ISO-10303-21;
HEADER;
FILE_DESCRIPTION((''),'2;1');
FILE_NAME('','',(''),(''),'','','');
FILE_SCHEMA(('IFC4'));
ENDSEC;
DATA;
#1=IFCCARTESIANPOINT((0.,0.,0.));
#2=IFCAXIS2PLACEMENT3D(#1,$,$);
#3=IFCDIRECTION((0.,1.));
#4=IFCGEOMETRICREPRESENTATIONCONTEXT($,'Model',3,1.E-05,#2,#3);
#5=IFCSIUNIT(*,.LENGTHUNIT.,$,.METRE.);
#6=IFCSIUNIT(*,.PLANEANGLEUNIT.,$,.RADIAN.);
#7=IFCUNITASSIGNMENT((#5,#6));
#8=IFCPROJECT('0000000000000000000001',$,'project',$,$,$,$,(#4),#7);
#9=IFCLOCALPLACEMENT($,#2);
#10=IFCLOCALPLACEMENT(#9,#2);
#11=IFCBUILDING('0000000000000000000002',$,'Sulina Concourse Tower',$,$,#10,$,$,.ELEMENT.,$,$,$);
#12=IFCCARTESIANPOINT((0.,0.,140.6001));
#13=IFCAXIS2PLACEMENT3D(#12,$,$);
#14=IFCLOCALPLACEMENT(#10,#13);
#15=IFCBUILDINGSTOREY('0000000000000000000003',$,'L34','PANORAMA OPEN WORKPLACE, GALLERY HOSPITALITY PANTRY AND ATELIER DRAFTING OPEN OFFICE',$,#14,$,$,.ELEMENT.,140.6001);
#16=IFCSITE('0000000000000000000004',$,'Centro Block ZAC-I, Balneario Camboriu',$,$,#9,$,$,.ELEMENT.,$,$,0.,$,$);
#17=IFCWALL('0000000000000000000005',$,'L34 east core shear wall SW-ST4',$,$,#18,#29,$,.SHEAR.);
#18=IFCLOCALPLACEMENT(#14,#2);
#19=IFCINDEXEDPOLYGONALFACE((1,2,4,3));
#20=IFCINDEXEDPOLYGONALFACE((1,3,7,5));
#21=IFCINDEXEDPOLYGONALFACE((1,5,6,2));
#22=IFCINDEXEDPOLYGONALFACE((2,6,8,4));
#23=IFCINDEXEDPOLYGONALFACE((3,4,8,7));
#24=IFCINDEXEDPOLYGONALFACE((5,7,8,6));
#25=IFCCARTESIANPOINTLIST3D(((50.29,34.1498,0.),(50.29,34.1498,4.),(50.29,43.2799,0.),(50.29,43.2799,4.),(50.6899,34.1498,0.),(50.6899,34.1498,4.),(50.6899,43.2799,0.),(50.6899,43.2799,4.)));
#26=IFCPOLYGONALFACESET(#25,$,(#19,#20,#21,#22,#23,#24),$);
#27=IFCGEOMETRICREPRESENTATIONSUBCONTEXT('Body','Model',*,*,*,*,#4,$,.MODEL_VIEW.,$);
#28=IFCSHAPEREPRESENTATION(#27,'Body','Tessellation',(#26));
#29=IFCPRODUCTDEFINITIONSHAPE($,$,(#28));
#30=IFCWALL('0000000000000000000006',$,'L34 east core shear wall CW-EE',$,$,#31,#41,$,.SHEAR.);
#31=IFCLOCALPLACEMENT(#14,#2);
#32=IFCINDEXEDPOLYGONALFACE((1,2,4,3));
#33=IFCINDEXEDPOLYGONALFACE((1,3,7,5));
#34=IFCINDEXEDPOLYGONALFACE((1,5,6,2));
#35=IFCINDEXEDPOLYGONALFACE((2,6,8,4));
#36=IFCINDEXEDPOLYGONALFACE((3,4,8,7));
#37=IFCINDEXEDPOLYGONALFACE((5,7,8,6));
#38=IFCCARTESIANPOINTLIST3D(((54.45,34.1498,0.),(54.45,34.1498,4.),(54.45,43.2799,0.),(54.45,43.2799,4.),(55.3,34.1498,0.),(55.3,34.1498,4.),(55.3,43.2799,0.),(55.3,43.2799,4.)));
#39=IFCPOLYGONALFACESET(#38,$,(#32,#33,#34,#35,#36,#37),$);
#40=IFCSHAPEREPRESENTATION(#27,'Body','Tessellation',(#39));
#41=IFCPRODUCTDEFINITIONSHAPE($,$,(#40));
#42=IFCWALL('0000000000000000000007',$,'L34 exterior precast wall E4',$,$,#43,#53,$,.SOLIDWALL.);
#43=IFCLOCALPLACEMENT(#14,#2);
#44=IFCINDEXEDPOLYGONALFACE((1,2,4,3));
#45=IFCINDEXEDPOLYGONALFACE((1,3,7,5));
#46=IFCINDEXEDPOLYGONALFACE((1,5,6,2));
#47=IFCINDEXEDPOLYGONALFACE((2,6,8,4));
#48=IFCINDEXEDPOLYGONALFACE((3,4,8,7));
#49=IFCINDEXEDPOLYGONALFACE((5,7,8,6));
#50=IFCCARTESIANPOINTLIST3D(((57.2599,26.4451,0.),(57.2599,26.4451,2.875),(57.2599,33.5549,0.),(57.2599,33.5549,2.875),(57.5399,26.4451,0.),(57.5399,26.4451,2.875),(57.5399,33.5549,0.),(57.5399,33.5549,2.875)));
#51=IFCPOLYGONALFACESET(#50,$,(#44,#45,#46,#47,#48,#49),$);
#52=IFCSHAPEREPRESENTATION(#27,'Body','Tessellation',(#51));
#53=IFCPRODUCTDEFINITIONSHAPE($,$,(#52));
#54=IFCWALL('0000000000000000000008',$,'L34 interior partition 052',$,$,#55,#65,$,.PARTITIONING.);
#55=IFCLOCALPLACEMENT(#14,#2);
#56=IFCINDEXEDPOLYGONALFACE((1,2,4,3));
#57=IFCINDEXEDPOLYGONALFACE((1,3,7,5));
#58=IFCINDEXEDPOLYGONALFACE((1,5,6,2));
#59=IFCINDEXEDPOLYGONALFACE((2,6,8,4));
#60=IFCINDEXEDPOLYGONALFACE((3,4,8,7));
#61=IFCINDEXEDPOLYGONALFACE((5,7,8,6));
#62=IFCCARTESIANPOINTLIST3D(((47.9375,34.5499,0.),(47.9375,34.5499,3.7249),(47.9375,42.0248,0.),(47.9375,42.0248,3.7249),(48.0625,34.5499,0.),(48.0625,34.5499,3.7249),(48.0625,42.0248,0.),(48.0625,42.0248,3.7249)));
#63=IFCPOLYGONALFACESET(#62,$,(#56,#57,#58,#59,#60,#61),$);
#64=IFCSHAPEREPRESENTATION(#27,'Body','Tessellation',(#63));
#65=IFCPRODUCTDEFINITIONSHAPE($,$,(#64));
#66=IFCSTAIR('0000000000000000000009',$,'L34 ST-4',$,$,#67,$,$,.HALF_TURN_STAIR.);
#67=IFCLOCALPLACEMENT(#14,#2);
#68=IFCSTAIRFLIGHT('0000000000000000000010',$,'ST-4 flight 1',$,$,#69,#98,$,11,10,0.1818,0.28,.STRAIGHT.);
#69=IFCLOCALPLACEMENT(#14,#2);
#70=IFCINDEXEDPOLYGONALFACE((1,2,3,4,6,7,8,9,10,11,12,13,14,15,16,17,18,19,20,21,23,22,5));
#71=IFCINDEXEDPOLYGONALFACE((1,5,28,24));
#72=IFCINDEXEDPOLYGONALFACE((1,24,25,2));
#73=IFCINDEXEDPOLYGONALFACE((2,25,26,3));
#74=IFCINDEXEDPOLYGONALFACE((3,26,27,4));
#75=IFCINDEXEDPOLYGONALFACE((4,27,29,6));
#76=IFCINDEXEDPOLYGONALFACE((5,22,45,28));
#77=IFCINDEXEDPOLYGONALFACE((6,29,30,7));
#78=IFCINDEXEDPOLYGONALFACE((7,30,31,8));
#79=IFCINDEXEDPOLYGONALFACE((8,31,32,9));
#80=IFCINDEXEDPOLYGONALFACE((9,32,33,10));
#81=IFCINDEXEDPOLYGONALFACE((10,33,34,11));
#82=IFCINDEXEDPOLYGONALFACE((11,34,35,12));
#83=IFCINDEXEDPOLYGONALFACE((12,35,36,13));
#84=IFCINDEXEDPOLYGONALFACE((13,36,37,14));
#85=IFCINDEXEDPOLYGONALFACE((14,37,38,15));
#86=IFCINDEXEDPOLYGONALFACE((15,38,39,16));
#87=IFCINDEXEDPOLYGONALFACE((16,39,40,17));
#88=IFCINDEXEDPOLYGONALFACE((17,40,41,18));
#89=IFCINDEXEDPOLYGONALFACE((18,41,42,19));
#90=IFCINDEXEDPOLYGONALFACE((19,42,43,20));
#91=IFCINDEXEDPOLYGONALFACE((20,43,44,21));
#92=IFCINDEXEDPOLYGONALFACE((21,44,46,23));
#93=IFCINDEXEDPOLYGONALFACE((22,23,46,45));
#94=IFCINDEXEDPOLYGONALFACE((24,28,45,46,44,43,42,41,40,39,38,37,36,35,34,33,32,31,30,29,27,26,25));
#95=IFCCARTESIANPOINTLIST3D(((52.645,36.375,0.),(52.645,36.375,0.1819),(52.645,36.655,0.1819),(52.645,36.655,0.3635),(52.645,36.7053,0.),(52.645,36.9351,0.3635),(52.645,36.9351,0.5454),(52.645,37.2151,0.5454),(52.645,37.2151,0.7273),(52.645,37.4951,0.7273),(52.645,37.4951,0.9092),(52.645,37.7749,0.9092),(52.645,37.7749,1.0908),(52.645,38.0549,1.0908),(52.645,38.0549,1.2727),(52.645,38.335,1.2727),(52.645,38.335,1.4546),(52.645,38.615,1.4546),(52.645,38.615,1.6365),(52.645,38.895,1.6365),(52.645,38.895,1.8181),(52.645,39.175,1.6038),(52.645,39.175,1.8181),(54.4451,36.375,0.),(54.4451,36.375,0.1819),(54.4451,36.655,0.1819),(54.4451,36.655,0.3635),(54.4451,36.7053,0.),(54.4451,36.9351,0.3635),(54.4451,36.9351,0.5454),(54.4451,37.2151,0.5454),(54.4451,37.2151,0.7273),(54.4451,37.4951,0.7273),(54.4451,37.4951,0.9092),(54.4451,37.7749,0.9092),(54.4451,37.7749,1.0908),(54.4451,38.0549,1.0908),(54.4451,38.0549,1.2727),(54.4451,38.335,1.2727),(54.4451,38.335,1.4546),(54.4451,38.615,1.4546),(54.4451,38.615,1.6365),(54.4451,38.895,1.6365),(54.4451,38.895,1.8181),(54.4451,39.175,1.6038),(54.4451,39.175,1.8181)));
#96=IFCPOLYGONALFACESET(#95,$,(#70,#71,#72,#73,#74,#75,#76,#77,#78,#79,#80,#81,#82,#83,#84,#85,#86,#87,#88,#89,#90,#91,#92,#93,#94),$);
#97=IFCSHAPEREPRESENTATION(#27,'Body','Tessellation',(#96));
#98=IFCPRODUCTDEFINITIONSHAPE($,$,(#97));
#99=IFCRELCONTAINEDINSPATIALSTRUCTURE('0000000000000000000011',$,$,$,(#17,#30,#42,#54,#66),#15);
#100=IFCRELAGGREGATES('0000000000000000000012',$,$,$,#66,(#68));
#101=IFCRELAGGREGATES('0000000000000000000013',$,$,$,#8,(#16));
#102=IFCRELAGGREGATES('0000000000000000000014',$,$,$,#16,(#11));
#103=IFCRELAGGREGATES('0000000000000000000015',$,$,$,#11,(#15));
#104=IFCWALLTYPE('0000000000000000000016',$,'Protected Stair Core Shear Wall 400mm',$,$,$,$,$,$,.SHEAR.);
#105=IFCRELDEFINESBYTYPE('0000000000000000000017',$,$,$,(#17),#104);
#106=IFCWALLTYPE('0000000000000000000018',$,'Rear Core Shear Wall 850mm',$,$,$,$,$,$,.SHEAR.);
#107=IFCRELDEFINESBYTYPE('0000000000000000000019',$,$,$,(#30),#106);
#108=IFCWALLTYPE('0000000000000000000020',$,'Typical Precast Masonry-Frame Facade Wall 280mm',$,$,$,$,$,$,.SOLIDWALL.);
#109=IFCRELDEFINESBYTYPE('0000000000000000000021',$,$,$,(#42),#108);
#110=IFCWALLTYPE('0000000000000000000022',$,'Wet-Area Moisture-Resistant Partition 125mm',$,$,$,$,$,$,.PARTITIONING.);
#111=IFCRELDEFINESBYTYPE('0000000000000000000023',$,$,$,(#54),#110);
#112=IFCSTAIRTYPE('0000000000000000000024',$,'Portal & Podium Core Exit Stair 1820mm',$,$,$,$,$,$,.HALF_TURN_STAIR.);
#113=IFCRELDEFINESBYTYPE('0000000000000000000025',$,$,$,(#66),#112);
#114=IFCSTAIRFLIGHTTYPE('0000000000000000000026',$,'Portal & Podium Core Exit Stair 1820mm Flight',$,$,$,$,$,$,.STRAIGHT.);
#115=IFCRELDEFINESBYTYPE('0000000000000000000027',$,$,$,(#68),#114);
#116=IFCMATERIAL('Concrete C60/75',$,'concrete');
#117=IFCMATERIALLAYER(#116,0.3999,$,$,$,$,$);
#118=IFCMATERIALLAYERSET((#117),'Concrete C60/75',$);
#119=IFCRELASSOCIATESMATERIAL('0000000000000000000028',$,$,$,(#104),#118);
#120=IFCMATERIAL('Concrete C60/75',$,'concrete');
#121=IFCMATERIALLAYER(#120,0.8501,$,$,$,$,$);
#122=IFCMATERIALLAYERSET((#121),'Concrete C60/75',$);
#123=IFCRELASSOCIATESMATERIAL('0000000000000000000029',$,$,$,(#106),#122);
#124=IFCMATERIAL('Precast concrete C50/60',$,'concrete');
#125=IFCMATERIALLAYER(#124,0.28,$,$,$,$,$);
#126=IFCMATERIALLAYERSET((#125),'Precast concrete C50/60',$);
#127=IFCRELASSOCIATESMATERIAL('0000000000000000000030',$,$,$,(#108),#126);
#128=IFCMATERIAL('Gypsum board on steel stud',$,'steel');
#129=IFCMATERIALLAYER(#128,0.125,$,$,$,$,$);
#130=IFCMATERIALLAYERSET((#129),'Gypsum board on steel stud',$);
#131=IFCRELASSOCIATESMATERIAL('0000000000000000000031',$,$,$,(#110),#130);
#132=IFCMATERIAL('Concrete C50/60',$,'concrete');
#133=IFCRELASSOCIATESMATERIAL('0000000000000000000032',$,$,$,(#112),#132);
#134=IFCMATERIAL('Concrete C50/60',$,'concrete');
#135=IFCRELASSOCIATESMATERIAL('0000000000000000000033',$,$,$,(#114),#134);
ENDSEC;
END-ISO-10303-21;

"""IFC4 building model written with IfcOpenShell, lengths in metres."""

from ifc_helpers import new_model, si_unit, direction, frame, frame_2d, origin, place, context, subcontext, project, spatial, polyline, rectangle, outline, extrude, material, layer, layer_set, type_object, element, aggregate, save


model = new_model("IFC4")

# Units and contexts
model_context = context("Model", 3, precision=1e-05, world=origin(), true_north=direction((0.0, 1.0)))
body_context = subcontext(model_context, "Body", "Model", "MODEL_VIEW")
ifc_project = project(units=[si_unit("LENGTHUNIT", "METRE"), si_unit("PLANEANGLEUNIT", "RADIAN")], contexts=[model_context])

# Site, building, storey
site_placement = place(None, origin())
site = spatial("IfcSite", under=ifc_project, at=site_placement, Name="Centro Block ZAC-I, Balneario Camboriu", CompositionType="ELEMENT", RefElevation=0.0)
building_placement = place(site_placement, origin())
building = spatial("IfcBuilding", under=site, at=building_placement, Name="Sulina Concourse Tower", CompositionType="ELEMENT")
storey_placement = place(building_placement, frame((0.0, 0.0, 140.6001)))
storey = spatial("IfcBuildingStorey", under=building, at=storey_placement, Name="L34", Description="PANORAMA OPEN WORKPLACE, GALLERY HOSPITALITY PANTRY AND ATELIER DRAFTING OPEN OFFICE", CompositionType="ELEMENT", Elevation=140.6001)

# Shared definitions
ifc_material_1 = material(Name="Concrete C60/75", Category="concrete")
ifc_layer_1 = layer(ifc_material_1, 0.3999)
ifc_layer_set_1 = layer_set([ifc_layer_1], Name="Concrete C60/75")
wall_type_1 = type_object("IfcWallType", Name="Protected Stair Core Shear Wall 400mm", PredefinedType="SHEAR", material=ifc_layer_set_1)

# Walls
wall_1_placement = place(storey_placement, frame((50.49, 34.1499, 0.0), z_axis=(0.0, 0.0, 1.0), x_axis=(0.0, 1.0, 0.0)))
element("IfcWall", 1, at=wall_1_placement, inside=storey, type_object=wall_type_1, Name="L34 east core shear wall SW-ST4", PredefinedType="SHEAR", context=body_context, shape_type="SweptSolid", body=[
    extrude(rectangle(XDim=9.1301, YDim=0.3999, at=frame_2d((4.5649, 0.0))), origin(), (0.0, 0.0, 1.0), 4.0),
])
ifc_material_2 = material(Name="Concrete C60/75", Category="concrete")
ifc_layer_2 = layer(ifc_material_2, 0.8501)
ifc_layer_set_2 = layer_set([ifc_layer_2], Name="Concrete C60/75")
wall_type_2 = type_object("IfcWallType", Name="Rear Core Shear Wall 850mm", PredefinedType="SHEAR", material=ifc_layer_set_2)
wall_2_placement = place(storey_placement, frame((54.875, 34.1499, 0.0), z_axis=(0.0, 0.0, 1.0), x_axis=(0.0, 1.0, 0.0)))
element("IfcWall", 2, at=wall_2_placement, inside=storey, type_object=wall_type_2, Name="L34 east core shear wall CW-EE", PredefinedType="SHEAR", context=body_context, shape_type="SweptSolid", body=[
    extrude(rectangle(XDim=9.1301, YDim=0.8501, at=frame_2d((4.5649, 0.0))), origin(), (0.0, 0.0, 1.0), 4.0),
])
ifc_material_3 = material(Name="Precast concrete C50/60", Category="concrete")
ifc_layer_3 = layer(ifc_material_3, 0.28)
ifc_layer_set_3 = layer_set([ifc_layer_3], Name="Precast concrete C50/60")
wall_type_3 = type_object("IfcWallType", Name="Typical Precast Masonry-Frame Facade Wall 280mm", PredefinedType="SOLIDWALL", material=ifc_layer_set_3)
wall_3_placement = place(storey_placement, frame((57.3999, 33.5549, 0.0), z_axis=(0.0, 0.0, 1.0), x_axis=(0.0, -1.0, 0.0)))
element("IfcWall", 3, at=wall_3_placement, inside=storey, type_object=wall_type_3, Name="L34 exterior precast wall E4", PredefinedType="SOLIDWALL", context=body_context, shape_type="SweptSolid", body=[
    extrude(rectangle(XDim=7.1099, YDim=0.28, at=frame_2d((3.5549, 0.0))), origin(), (0.0, 0.0, 1.0), 2.875),
])
ifc_material_4 = material(Name="Gypsum board on steel stud", Category="steel")
ifc_layer_4 = layer(ifc_material_4, 0.125)
ifc_layer_set_4 = layer_set([ifc_layer_4], Name="Gypsum board on steel stud")
wall_type_4 = type_object("IfcWallType", Name="Wet-Area Moisture-Resistant Partition 125mm", PredefinedType="PARTITIONING", material=ifc_layer_set_4)
wall_4_placement = place(storey_placement, frame((48.0, 34.55, 0.0), z_axis=(0.0, 0.0, 1.0), x_axis=(0.0, 1.0, 0.0)))
element("IfcWall", 4, at=wall_4_placement, inside=storey, type_object=wall_type_4, Name="L34 interior partition 052", PredefinedType="PARTITIONING", context=body_context, shape_type="SweptSolid", body=[
    extrude(rectangle(XDim=7.4749, YDim=0.125, at=frame_2d((3.7373, 0.0))), origin(), (0.0, 0.0, 1.0), 3.7249),
])

# Stair, stair flight
ifc_material_5 = material(Name="Concrete C50/60", Category="concrete")
stair_type = type_object("IfcStairType", Name="Portal & Podium Core Exit Stair 1820mm", PredefinedType="HALF_TURN_STAIR", material=ifc_material_5)
stair_placement = place(storey_placement, origin())
stair = element("IfcStair", 5, at=stair_placement, inside=storey, type_object=stair_type, Name="L34 ST-4", PredefinedType="HALF_TURN_STAIR")
ifc_material_6 = material(Name="Concrete C50/60", Category="concrete")
stair_flight_type = type_object("IfcStairFlightType", Name="Portal & Podium Core Exit Stair 1820mm Flight", PredefinedType="STRAIGHT", material=ifc_material_6)
stair_flight_placement = place(storey_placement, frame((53.5449, 36.375, 0.0), z_axis=(0.0, 0.0, 1.0), x_axis=(0.0, 1.0, 0.0)))
stair_flight = element("IfcStairFlight", 6, at=stair_flight_placement, type_object=stair_flight_type, Name="ST-4 flight 1", NumberOfRisers=11, NumberOfTreads=10, PredefinedType="STRAIGHT", RiserHeight=0.1818, TreadLength=0.28, context=body_context, shape_type="SweptSolid", body=[
    extrude(outline(polyline([(0.0, 0.0), (0.0, 0.1819), (0.28, 0.1819), (0.28, 0.3635), (0.5601, 0.3635), (0.5601, 0.5454), (0.8401, 0.5454), (0.8401, 0.7273), (1.1201, 0.7273), (1.1201, 0.9092), (1.3999, 0.9092), (1.3999, 1.0908), (1.6799, 1.0908), (1.6799, 1.2727), (1.96, 1.2727), (1.96, 1.4546), (2.24, 1.4546), (2.24, 1.6365), (2.52, 1.6365), (2.52, 1.8181), (2.8, 1.8181), (2.8, 2.0), (2.8, 1.6038), (0.3303, 0.0), (0.0, 0.0)])), frame((0.0, 0.8999, 0.0), z_axis=(0.0, -1.0, 0.0), x_axis=(1.0, 0.0, 0.0)), (0.0, 0.0, 1.0), 1.8),
])
aggregate(stair, [stair_flight])

save(model, "model.ifc")
